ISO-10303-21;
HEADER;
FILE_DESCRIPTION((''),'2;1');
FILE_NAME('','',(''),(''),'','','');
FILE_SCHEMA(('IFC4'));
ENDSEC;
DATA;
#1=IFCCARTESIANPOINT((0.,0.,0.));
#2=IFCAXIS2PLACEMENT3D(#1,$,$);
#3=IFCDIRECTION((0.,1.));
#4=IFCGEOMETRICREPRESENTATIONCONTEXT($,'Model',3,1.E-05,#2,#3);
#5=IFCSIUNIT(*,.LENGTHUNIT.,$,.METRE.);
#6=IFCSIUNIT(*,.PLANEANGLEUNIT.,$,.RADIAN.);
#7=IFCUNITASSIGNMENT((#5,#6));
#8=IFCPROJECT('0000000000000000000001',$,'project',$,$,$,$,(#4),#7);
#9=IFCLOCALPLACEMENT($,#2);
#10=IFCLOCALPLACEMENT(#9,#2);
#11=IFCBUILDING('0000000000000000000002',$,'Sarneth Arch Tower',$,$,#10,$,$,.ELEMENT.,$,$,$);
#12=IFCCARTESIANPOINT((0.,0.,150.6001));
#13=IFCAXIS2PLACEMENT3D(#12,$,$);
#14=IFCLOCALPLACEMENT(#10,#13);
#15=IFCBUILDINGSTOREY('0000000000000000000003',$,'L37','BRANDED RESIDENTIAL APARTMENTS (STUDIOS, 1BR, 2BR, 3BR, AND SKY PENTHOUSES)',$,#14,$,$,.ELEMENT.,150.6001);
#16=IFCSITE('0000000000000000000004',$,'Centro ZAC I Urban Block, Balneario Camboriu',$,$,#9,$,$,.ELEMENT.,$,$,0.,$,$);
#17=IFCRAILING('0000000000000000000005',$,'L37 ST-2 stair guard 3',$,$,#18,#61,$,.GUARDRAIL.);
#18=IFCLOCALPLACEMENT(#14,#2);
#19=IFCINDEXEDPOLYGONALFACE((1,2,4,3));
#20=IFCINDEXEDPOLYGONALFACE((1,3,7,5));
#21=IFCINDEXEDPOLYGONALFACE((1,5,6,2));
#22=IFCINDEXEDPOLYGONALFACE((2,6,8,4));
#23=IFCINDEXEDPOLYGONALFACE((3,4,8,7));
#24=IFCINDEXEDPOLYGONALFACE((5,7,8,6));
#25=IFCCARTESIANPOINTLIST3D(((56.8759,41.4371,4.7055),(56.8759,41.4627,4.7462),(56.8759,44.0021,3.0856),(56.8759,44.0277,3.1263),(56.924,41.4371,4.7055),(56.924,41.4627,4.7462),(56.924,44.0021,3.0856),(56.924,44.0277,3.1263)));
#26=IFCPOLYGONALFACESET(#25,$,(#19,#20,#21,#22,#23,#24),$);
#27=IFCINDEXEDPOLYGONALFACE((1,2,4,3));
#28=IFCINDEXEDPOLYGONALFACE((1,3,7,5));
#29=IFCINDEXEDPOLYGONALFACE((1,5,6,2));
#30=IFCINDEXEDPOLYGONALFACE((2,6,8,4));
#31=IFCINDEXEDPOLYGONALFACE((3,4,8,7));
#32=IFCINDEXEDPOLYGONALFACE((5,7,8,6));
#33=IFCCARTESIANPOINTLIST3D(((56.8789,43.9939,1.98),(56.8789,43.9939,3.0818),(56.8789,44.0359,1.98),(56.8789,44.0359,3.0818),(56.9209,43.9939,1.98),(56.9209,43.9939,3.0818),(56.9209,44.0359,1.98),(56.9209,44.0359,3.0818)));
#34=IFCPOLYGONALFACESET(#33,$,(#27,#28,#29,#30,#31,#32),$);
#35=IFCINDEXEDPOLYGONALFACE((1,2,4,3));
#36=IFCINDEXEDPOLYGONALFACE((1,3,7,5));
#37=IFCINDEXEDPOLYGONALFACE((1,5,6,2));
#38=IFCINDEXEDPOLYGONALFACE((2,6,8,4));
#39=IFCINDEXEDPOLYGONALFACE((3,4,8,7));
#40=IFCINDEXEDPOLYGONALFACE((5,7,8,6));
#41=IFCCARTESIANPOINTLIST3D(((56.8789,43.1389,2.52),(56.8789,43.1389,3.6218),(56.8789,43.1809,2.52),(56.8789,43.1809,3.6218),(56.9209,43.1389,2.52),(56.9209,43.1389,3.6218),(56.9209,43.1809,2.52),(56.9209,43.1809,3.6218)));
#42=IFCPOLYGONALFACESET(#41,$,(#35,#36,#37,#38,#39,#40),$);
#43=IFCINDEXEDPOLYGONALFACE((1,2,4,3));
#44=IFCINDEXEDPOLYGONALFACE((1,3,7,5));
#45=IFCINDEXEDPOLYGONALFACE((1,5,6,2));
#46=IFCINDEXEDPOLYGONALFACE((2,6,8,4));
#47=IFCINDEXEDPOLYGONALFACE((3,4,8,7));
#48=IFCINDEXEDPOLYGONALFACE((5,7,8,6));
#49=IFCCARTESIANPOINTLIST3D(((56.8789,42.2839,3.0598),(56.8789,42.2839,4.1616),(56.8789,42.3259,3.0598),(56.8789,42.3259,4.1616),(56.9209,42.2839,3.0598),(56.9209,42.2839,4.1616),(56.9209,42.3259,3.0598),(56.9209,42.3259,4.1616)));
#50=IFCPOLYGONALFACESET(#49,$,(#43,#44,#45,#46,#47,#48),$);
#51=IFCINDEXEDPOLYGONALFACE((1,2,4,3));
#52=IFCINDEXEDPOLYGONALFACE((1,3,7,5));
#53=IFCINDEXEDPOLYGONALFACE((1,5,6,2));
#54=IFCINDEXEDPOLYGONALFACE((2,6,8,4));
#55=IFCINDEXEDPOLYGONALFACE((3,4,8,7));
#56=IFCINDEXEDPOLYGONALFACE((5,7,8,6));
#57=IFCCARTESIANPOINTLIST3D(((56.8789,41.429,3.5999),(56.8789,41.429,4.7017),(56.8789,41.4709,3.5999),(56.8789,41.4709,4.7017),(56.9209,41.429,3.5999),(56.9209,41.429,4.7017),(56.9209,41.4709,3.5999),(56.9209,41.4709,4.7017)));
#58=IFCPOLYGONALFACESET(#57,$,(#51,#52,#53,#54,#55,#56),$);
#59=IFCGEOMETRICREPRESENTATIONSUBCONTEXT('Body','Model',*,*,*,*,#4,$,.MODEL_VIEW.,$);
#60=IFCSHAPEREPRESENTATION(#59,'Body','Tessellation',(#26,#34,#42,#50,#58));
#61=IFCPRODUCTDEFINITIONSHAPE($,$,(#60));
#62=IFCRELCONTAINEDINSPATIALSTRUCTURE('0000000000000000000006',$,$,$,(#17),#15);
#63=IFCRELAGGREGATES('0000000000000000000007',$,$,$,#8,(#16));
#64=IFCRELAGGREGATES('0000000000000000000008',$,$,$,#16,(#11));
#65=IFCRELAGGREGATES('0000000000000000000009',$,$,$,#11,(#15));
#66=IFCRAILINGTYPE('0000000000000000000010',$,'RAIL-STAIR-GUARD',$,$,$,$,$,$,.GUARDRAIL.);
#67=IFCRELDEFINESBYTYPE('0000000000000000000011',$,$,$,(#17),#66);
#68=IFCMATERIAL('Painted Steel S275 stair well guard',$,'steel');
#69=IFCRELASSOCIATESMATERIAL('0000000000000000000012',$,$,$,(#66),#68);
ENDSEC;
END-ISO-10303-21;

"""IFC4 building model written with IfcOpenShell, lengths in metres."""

from ifc_helpers import new_model, si_unit, direction, frame, origin, origin_2d, place, context, subcontext, project, spatial, rectangle, extrude, material, type_object, element, save


model = new_model("IFC4")

# Units and contexts
model_context = context("Model", 3, precision=1e-05, world=origin(), true_north=direction((0.0, 1.0)))
body_context = subcontext(model_context, "Body", "Model", "MODEL_VIEW")
ifc_project = project(units=[si_unit("LENGTHUNIT", "METRE"), si_unit("PLANEANGLEUNIT", "RADIAN")], contexts=[model_context])

# Site, building, storey
site_placement = place(None, origin())
site = spatial("IfcSite", under=ifc_project, at=site_placement, Name="Centro ZAC I Urban Block, Balneario Camboriu", CompositionType="ELEMENT", RefElevation=0.0)
building_placement = place(site_placement, origin())
building = spatial("IfcBuilding", under=site, at=building_placement, Name="Sarneth Arch Tower", CompositionType="ELEMENT")
storey_placement = place(building_placement, frame((0.0, 0.0, 150.6001)))
storey = spatial("IfcBuildingStorey", under=building, at=storey_placement, Name="L37", Description="BRANDED RESIDENTIAL APARTMENTS (STUDIOS, 1BR, 2BR, 3BR, AND SKY PENTHOUSES)", CompositionType="ELEMENT", Elevation=150.6001)

# Railing
ifc_material_1 = material(Name="Painted Steel S275 stair well guard", Category="steel")
railing_type_1 = type_object("IfcRailingType", Name="RAIL-STAIR-GUARD", PredefinedType="GUARDRAIL", material=ifc_material_1)
railing_1_placement = place(storey_placement, frame((56.8999, 44.0149, 1.98)))
element("IfcRailing", 1, at=railing_1_placement, inside=storey, type_object=railing_type_1, Name="L37 ST-2 stair guard 3", PredefinedType="GUARDRAIL", context=body_context, shape_type="SweptSolid", body=[
    extrude(rectangle(XDim=0.0481, YDim=0.0481, at=origin_2d()), frame((0.0, 0.0, 1.126), z_axis=(0.0, -0.845502, 0.533972), x_axis=(1.0, 0.0, 0.0)), (0.0, 0.0, 1.0), 3.0337),
    extrude(rectangle(XDim=0.042, YDim=0.042, at=origin_2d()), origin(), (0.0, 0.0, 1.0), 1.1018),
    extrude(rectangle(XDim=0.042, YDim=0.042, at=origin_2d()), frame((0.0, -0.855, 0.54)), (0.0, 0.0, 1.0), 1.1018),
    extrude(rectangle(XDim=0.042, YDim=0.042, at=origin_2d()), frame((0.0, -1.71, 1.0798)), (0.0, 0.0, 1.0), 1.1018),
    extrude(rectangle(XDim=0.042, YDim=0.042, at=origin_2d()), frame((0.0, -2.5649, 1.6199)), (0.0, 0.0, 1.0), 1.1018),
])

save(model, "model.ifc")
